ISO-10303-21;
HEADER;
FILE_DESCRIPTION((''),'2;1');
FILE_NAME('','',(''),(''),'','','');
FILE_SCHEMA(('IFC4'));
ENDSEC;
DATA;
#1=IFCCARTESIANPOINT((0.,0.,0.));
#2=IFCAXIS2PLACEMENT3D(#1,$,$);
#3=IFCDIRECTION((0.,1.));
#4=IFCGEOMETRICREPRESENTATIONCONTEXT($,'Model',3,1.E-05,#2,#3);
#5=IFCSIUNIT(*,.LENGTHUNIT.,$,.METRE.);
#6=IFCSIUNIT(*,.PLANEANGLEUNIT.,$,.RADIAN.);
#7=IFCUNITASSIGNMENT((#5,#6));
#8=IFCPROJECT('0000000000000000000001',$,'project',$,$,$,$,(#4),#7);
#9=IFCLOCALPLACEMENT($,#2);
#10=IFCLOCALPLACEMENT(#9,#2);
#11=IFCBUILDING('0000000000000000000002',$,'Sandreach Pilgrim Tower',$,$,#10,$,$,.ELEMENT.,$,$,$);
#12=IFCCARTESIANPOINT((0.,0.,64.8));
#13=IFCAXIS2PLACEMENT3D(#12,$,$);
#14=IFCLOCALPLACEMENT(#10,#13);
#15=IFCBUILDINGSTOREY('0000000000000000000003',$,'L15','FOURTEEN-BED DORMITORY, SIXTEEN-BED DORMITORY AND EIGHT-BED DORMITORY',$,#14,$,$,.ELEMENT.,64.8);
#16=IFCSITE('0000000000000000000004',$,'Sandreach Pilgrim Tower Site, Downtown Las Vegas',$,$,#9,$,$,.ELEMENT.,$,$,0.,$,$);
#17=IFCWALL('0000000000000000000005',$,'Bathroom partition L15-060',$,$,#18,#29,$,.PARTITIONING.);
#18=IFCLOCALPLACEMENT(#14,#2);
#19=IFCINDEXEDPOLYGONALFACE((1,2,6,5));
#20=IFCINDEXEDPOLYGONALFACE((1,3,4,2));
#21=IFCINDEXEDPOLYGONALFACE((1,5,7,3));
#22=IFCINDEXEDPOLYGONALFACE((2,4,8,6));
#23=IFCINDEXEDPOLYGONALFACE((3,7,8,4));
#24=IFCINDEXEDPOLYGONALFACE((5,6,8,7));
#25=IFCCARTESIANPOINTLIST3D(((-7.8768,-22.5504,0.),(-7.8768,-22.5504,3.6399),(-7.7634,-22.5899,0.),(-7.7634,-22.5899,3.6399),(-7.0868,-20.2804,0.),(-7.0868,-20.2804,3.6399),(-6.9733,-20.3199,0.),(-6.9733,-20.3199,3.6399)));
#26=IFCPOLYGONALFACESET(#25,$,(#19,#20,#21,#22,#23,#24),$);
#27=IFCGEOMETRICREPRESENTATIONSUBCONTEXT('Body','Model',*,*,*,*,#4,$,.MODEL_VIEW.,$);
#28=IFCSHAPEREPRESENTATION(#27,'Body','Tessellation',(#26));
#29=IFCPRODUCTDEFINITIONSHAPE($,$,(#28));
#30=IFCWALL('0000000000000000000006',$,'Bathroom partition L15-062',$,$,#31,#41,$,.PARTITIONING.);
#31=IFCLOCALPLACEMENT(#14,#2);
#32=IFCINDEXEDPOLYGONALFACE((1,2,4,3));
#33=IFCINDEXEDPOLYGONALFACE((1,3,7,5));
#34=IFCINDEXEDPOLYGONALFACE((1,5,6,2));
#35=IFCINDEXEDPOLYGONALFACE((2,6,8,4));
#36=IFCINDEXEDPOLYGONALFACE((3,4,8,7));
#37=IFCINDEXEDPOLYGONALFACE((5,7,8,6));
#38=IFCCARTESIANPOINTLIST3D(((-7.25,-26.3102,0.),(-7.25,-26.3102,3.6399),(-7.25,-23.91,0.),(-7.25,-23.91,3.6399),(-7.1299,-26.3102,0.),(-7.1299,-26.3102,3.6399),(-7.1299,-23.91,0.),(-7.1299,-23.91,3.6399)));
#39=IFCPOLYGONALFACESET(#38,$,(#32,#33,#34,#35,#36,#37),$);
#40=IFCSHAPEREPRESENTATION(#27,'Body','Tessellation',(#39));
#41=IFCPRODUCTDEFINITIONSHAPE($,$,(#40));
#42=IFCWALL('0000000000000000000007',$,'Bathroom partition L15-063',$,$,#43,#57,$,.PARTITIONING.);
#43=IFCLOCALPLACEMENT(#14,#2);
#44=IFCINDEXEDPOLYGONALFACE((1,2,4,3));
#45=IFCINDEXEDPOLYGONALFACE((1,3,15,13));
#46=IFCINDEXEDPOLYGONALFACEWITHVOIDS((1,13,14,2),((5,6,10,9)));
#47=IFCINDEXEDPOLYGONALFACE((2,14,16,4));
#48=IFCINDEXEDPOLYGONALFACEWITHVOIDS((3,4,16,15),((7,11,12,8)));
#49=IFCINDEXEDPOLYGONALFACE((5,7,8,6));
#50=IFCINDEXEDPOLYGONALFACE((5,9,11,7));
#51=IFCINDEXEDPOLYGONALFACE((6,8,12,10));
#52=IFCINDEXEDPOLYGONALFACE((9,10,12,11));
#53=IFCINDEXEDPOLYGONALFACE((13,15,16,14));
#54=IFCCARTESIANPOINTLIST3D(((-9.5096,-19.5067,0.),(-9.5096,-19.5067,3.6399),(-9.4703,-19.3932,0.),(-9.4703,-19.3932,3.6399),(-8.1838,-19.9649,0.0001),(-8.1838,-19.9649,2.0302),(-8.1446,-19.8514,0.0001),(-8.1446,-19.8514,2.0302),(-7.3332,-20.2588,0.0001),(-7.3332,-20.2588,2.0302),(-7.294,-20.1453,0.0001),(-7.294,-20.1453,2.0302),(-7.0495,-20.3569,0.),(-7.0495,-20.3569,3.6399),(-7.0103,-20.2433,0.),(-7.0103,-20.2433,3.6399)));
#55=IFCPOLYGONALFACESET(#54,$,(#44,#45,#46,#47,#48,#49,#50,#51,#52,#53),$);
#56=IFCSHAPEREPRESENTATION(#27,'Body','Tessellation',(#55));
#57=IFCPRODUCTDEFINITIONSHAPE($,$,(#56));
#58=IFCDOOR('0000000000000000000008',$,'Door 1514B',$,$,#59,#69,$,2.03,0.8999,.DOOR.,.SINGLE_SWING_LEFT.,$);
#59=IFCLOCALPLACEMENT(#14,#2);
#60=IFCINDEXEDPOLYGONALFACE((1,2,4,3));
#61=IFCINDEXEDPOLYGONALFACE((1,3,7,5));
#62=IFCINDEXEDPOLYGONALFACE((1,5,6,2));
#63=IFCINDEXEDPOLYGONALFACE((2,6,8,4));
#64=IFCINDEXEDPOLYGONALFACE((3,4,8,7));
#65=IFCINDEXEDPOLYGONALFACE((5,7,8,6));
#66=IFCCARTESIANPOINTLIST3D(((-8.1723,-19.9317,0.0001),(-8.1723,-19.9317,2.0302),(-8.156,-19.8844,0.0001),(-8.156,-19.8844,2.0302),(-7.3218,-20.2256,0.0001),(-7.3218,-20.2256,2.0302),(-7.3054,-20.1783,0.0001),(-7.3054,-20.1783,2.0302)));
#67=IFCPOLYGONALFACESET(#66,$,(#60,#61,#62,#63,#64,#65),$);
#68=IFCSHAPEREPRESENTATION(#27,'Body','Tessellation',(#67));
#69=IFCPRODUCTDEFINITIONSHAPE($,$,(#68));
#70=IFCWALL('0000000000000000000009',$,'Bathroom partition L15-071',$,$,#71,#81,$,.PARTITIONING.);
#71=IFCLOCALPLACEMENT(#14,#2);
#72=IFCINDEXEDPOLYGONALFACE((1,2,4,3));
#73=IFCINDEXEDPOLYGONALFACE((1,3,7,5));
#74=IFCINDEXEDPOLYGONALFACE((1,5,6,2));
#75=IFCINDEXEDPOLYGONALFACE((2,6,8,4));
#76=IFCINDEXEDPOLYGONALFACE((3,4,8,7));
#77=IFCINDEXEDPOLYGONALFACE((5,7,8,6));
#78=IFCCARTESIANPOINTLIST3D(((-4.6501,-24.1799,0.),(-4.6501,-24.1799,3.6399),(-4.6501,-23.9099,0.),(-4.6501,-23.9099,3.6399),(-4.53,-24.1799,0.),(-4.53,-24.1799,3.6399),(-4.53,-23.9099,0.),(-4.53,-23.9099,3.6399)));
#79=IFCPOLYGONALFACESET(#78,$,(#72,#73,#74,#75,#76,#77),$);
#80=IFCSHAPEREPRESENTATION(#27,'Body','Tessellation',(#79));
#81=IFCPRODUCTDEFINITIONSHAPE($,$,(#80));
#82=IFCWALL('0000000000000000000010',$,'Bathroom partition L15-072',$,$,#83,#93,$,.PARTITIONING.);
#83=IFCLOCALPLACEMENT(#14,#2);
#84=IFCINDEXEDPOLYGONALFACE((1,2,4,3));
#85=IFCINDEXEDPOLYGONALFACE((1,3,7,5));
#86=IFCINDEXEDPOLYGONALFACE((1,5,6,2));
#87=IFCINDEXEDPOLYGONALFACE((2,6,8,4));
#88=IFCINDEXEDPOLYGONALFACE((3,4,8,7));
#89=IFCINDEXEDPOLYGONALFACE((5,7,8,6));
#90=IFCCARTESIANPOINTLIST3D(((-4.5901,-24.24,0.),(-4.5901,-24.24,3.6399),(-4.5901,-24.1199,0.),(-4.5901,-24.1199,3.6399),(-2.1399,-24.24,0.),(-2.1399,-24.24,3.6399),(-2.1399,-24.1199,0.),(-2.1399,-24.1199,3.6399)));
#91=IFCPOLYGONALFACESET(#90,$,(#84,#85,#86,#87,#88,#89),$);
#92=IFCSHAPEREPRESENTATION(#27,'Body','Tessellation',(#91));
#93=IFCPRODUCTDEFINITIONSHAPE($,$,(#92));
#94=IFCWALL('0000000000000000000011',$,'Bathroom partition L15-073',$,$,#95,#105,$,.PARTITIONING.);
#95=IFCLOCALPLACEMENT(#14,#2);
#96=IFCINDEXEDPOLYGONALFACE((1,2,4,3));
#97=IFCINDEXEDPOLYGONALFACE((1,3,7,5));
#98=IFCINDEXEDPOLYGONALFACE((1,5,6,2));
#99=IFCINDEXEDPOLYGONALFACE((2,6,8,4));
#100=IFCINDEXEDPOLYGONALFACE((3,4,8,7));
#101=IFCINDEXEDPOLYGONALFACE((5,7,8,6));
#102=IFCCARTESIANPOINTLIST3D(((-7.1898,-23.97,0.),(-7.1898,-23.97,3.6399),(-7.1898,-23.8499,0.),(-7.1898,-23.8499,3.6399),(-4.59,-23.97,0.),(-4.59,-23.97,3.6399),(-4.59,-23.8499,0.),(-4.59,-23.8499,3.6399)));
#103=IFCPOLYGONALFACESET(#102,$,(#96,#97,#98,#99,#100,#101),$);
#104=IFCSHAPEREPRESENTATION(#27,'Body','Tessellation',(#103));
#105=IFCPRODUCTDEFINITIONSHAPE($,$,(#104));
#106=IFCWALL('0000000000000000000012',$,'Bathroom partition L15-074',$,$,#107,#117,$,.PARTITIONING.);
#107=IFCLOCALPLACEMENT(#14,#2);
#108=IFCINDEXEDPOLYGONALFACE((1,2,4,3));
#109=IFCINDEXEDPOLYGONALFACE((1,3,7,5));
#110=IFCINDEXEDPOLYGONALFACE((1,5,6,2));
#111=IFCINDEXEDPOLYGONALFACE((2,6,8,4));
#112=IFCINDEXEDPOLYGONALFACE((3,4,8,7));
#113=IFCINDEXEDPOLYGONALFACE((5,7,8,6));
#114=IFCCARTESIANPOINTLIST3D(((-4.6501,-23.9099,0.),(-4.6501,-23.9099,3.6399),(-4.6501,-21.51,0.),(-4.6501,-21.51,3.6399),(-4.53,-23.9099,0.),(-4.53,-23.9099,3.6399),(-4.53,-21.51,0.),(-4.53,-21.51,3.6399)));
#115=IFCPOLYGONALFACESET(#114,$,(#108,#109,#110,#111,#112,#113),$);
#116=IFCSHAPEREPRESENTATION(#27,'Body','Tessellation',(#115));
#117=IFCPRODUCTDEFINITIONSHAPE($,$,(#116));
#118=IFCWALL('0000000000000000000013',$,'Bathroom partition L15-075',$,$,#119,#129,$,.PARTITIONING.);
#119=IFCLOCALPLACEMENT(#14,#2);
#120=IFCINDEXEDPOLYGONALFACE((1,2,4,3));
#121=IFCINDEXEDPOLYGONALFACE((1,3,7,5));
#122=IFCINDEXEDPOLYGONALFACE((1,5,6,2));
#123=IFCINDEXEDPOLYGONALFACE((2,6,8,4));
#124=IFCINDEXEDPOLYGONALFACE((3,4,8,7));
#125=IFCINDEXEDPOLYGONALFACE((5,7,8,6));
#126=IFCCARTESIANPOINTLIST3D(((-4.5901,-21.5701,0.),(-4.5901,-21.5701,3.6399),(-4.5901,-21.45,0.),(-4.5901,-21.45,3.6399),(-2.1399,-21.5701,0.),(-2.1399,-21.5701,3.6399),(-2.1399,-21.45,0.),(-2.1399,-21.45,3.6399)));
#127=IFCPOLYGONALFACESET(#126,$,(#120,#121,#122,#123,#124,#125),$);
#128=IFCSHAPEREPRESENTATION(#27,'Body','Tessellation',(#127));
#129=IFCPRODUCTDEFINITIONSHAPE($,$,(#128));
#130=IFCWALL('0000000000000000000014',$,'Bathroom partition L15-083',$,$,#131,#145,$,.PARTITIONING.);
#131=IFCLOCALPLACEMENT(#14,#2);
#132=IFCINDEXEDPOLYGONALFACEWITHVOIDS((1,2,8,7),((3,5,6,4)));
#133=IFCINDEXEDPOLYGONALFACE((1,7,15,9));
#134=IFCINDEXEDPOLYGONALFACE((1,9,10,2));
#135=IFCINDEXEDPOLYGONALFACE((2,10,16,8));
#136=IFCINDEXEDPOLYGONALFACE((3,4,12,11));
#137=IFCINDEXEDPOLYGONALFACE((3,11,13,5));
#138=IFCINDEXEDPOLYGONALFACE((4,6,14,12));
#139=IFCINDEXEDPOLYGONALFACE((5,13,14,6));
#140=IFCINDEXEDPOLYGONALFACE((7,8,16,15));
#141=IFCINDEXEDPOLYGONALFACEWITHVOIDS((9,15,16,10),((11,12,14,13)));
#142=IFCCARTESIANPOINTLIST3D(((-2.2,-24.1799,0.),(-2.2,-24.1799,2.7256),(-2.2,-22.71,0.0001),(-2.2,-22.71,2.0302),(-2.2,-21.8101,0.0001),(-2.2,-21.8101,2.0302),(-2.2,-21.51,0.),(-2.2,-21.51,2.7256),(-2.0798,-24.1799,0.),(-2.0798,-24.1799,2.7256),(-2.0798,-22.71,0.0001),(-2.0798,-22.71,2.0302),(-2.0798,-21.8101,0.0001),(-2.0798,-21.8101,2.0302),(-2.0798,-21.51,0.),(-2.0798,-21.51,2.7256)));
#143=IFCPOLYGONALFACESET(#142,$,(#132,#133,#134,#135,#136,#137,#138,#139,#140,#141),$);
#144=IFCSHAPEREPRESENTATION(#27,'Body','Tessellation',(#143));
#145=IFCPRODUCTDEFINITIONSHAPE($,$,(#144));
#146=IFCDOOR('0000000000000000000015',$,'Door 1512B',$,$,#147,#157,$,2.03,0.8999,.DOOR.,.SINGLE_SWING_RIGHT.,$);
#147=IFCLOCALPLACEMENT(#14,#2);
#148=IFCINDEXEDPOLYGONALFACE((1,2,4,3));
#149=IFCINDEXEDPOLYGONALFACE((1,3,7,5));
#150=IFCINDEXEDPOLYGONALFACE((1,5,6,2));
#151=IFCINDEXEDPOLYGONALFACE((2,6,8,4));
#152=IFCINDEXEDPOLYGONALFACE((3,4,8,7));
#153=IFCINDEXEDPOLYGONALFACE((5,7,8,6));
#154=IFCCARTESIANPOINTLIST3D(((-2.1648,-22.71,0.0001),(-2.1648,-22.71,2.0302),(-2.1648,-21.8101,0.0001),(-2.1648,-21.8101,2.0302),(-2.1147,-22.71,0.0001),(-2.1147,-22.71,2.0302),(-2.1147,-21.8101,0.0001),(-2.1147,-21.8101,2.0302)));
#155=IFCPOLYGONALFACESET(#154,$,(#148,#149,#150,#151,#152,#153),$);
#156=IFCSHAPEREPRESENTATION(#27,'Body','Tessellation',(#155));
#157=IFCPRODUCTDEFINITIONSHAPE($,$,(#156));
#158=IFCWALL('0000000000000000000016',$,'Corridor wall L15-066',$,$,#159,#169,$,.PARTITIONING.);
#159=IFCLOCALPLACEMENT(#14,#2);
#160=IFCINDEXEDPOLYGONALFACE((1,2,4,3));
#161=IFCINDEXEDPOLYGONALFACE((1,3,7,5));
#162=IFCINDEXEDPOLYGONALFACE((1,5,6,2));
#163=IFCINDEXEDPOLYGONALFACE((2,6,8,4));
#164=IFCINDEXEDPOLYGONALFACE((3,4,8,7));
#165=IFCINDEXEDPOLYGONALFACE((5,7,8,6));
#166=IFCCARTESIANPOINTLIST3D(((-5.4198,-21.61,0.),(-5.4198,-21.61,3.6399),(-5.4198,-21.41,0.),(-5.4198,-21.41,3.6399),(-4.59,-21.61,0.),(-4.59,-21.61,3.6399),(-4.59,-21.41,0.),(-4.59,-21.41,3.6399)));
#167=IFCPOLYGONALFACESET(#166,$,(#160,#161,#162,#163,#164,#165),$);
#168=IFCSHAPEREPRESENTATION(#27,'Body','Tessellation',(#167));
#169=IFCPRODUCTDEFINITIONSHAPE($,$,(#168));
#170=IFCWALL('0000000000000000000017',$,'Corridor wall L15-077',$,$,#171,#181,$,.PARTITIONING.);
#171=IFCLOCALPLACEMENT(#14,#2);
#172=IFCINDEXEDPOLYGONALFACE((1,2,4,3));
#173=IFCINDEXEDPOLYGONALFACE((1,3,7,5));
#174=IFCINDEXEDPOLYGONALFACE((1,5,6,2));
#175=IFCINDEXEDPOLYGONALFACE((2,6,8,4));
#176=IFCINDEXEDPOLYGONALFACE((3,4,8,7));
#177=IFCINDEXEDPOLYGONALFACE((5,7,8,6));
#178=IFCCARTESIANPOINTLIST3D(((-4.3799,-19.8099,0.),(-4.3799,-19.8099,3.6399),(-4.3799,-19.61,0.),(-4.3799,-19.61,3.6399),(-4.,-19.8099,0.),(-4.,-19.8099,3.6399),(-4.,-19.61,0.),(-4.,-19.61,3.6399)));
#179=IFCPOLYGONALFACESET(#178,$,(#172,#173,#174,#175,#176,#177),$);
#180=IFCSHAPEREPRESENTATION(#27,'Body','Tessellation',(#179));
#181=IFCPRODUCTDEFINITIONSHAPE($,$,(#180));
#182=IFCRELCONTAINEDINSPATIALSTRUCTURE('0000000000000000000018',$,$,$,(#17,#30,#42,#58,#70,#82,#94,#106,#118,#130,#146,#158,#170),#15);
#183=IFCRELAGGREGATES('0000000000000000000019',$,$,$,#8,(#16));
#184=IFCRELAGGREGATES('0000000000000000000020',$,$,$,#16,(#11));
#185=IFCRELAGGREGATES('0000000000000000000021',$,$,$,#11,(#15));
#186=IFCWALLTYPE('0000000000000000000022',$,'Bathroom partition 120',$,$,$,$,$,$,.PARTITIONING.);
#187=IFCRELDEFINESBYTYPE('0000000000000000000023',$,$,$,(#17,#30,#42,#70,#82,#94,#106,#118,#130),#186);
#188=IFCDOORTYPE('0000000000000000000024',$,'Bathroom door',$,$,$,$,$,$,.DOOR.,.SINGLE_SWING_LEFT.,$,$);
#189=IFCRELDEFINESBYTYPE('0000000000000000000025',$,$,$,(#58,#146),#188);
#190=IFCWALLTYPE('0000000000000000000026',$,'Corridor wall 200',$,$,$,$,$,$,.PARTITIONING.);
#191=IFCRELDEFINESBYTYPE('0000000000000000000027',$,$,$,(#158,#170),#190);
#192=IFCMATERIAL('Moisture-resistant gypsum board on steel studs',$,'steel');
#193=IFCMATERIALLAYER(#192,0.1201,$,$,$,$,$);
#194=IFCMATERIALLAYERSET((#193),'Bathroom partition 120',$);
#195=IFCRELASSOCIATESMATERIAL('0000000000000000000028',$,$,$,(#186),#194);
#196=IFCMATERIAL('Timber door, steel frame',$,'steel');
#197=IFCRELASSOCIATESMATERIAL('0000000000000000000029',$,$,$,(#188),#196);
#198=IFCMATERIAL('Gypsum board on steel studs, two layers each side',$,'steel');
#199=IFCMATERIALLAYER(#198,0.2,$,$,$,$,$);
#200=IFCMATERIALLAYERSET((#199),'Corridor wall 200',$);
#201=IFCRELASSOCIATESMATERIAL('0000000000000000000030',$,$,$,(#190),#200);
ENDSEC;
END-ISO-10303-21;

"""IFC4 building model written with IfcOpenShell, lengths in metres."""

from ifc_helpers import new_model, si_unit, direction, frame, frame_2d, origin, place, context, subcontext, project, spatial, rectangle, extrude, material, layer, layer_set, type_object, element, fill, save


model = new_model("IFC4")

# Units and contexts
model_context = context("Model", 3, precision=1e-05, world=origin(), true_north=direction((0.0, 1.0)))
body_context = subcontext(model_context, "Body", "Model", "MODEL_VIEW")
ifc_project = project(units=[si_unit("LENGTHUNIT", "METRE"), si_unit("PLANEANGLEUNIT", "RADIAN")], contexts=[model_context])

# Site, building, storey
site_placement = place(None, origin())
site = spatial("IfcSite", under=ifc_project, at=site_placement, Name="Sandreach Pilgrim Tower Site, Downtown Las Vegas", CompositionType="ELEMENT", RefElevation=0.0)
building_placement = place(site_placement, origin())
building = spatial("IfcBuilding", under=site, at=building_placement, Name="Sandreach Pilgrim Tower", CompositionType="ELEMENT")
storey_placement = place(building_placement, frame((0.0, 0.0, 64.8)))
storey = spatial("IfcBuildingStorey", under=building, at=storey_placement, Name="L15", Description="FOURTEEN-BED DORMITORY, SIXTEEN-BED DORMITORY AND EIGHT-BED DORMITORY", CompositionType="ELEMENT", Elevation=64.8)

# Walls
ifc_material_1 = material(Name="Moisture-resistant gypsum board on steel studs", Category="steel")
ifc_layer_1 = layer(ifc_material_1, 0.1201)
ifc_layer_set_1 = layer_set([ifc_layer_1], Name="Bathroom partition 120")
wall_type_1 = type_object("IfcWallType", Name="Bathroom partition 120", PredefinedType="PARTITIONING", material=ifc_layer_set_1)
wall_1_placement = place(storey_placement, frame((-7.8201, -22.5701, 0.0), z_axis=(0.0, 0.0, 1.0), x_axis=(0.328694, 0.944436, 0.0)))
element("IfcWall", 1, at=wall_1_placement, inside=storey, type_object=wall_type_1, Name="Bathroom partition L15-060", PredefinedType="PARTITIONING", context=body_context, shape_type="SweptSolid", body=[
    extrude(rectangle(XDim=2.4036, YDim=0.1201, at=frame_2d((1.2017, 0.0))), origin(), (0.0, 0.0, 1.0), 3.6399),
])
wall_2_placement = place(storey_placement, frame((-7.1899, -23.9099, 0.0), z_axis=(0.0, 0.0, 1.0), x_axis=(0.0, -1.0, 0.0)))
element("IfcWall", 2, at=wall_2_placement, inside=storey, type_object=wall_type_1, Name="Bathroom partition L15-062", PredefinedType="PARTITIONING", context=body_context, shape_type="SweptSolid", body=[
    extrude(rectangle(XDim=2.4001, YDim=0.1201, at=frame_2d((1.2002, 0.0))), origin(), (0.0, 0.0, 1.0), 3.6399),
])

# Wall, opening, door
wall_3_placement = place(storey_placement, frame((-7.03, -20.3, 0.0), z_axis=(0.0, 0.0, 1.0), x_axis=(-0.945155, 0.326621, 0.0)))
wall_3 = element("IfcWall", 3, at=wall_3_placement, inside=storey, type_object=wall_type_1, Name="Bathroom partition L15-063", PredefinedType="PARTITIONING", context=body_context, shape_type="SweptSolid", body=[
    extrude(rectangle(XDim=2.6028, YDim=0.1201, at=frame_2d((1.3013, 0.0))), origin(), (0.0, 0.0, 1.0), 3.6399),
])
opening_1_placement = place(wall_3_placement, frame((0.3, 0.0, 0.0)))
opening_1 = element("IfcOpeningElement", 4, at=opening_1_placement, cuts=wall_3, PredefinedType="OPENING", context=body_context, shape_type="SweptSolid", body=[
    extrude(rectangle(XDim=0.8999, YDim=2.03, at=frame_2d((0.45, 1.0151))), frame((0.0, 0.0601, 0.0), z_axis=(0.0, -1.0, 0.0), x_axis=(1.0, 0.0, 0.0)), (0.0, 0.0, 1.0), 0.1201),
])
ifc_material_2 = material(Name="Timber door, steel frame", Category="steel")
door_type_1 = type_object("IfcDoorType", Name="Bathroom door", OperationType="SINGLE_SWING_LEFT", PredefinedType="DOOR", material=ifc_material_2)
door_1_placement = place(opening_1_placement, origin())
door_1 = element("IfcDoor", 5, at=door_1_placement, inside=storey, type_object=door_type_1, Name="Door 1514B", OperationType="SINGLE_SWING_LEFT", OverallHeight=2.03, OverallWidth=0.8999, PredefinedType="DOOR", context=body_context, shape_type="SweptSolid", body=[
    extrude(rectangle(XDim=0.8999, YDim=2.03, at=frame_2d((0.45, 1.0151))), frame((0.0, 0.0249, 0.0), z_axis=(0.0, -1.0, 0.0), x_axis=(1.0, 0.0, 0.0)), (0.0, 0.0, 1.0), 0.05),
])
fill(opening_1, door_1)

# Walls
wall_4_placement = place(storey_placement, frame((-4.5901, -24.1799, 0.0), z_axis=(0.0, 0.0, 1.0), x_axis=(0.0, 1.0, 0.0)))
element("IfcWall", 6, at=wall_4_placement, inside=storey, type_object=wall_type_1, Name="Bathroom partition L15-071", PredefinedType="PARTITIONING", context=body_context, shape_type="SweptSolid", body=[
    extrude(rectangle(XDim=0.27, YDim=0.1201, at=frame_2d((0.135, 0.0))), origin(), (0.0, 0.0, 1.0), 3.6399),
])
wall_5_placement = place(storey_placement, frame((-4.5901, -24.1799, 0.0), z_axis=(0.0, 0.0, 1.0), x_axis=(1.0, 0.0, 0.0)))
element("IfcWall", 7, at=wall_5_placement, inside=storey, type_object=wall_type_1, Name="Bathroom partition L15-072", PredefinedType="PARTITIONING", context=body_context, shape_type="SweptSolid", body=[
    extrude(rectangle(XDim=2.4502, YDim=0.1201, at=frame_2d((1.2251, 0.0))), origin(), (0.0, 0.0, 1.0), 3.6399),
])
wall_6_placement = place(storey_placement, frame((-4.5901, -23.9099, 0.0), z_axis=(0.0, 0.0, 1.0), x_axis=(-1.0, 0.0, 0.0)))
element("IfcWall", 8, at=wall_6_placement, inside=storey, type_object=wall_type_1, Name="Bathroom partition L15-073", PredefinedType="PARTITIONING", context=body_context, shape_type="SweptSolid", body=[
    extrude(rectangle(XDim=2.5999, YDim=0.1201, at=frame_2d((1.2998, 0.0))), origin(), (0.0, 0.0, 1.0), 3.6399),
])
wall_7_placement = place(storey_placement, frame((-4.5901, -23.9099, 0.0), z_axis=(0.0, 0.0, 1.0), x_axis=(0.0, 1.0, 0.0)))
element("IfcWall", 9, at=wall_7_placement, inside=storey, type_object=wall_type_1, Name="Bathroom partition L15-074", PredefinedType="PARTITIONING", context=body_context, shape_type="SweptSolid", body=[
    extrude(rectangle(XDim=2.3999, YDim=0.1201, at=frame_2d((1.2, 0.0))), origin(), (0.0, 0.0, 1.0), 3.6399),
])
wall_8_placement = place(storey_placement, frame((-4.5901, -21.51, 0.0), z_axis=(0.0, 0.0, 1.0), x_axis=(1.0, 0.0, 0.0)))
element("IfcWall", 10, at=wall_8_placement, inside=storey, type_object=wall_type_1, Name="Bathroom partition L15-075", PredefinedType="PARTITIONING", context=body_context, shape_type="SweptSolid", body=[
    extrude(rectangle(XDim=2.4502, YDim=0.1201, at=frame_2d((1.2251, 0.0))), origin(), (0.0, 0.0, 1.0), 3.6399),
])

# Wall, opening, door
wall_9_placement = place(storey_placement, frame((-2.1399, -24.1799, 0.0), z_axis=(0.0, 0.0, 1.0), x_axis=(0.0, 1.0, 0.0)))
wall_9 = element("IfcWall", 11, at=wall_9_placement, inside=storey, type_object=wall_type_1, Name="Bathroom partition L15-083", PredefinedType="PARTITIONING", context=body_context, shape_type="SweptSolid", body=[
    extrude(rectangle(XDim=2.6699, YDim=0.1201, at=frame_2d((1.335, 0.0))), origin(), (0.0, 0.0, 1.0), 2.7256),
])
opening_2_placement = place(wall_9_placement, frame((1.47, 0.0, 0.0)))
opening_2 = element("IfcOpeningElement", 12, at=opening_2_placement, cuts=wall_9, PredefinedType="OPENING", context=body_context, shape_type="SweptSolid", body=[
    extrude(rectangle(XDim=0.8999, YDim=2.03, at=frame_2d((0.45, 1.0151))), frame((0.0, 0.0601, 0.0), z_axis=(0.0, -1.0, 0.0), x_axis=(1.0, 0.0, 0.0)), (0.0, 0.0, 1.0), 0.1201),
])
door_2_placement = place(opening_2_placement, origin())
door_2 = element("IfcDoor", 13, at=door_2_placement, inside=storey, type_object=door_type_1, Name="Door 1512B", OperationType="SINGLE_SWING_RIGHT", OverallHeight=2.03, OverallWidth=0.8999, PredefinedType="DOOR", context=body_context, shape_type="SweptSolid", body=[
    extrude(rectangle(XDim=0.8999, YDim=2.03, at=frame_2d((0.45, 1.0151))), frame((0.0, 0.0249, 0.0), z_axis=(0.0, -1.0, 0.0), x_axis=(1.0, 0.0, 0.0)), (0.0, 0.0, 1.0), 0.05),
])
fill(opening_2, door_2)
ifc_material_3 = material(Name="Gypsum board on steel studs, two layers each side", Category="steel")
ifc_layer_2 = layer(ifc_material_3, 0.2)
ifc_layer_set_2 = layer_set([ifc_layer_2], Name="Corridor wall 200")
wall_type_2 = type_object("IfcWallType", Name="Corridor wall 200", PredefinedType="PARTITIONING", material=ifc_layer_set_2)

# Wall
wall_10_placement = place(storey_placement, frame((-5.4199, -21.51, 0.0), z_axis=(0.0, 0.0, 1.0), x_axis=(1.0, 0.0, 0.0)))
element("IfcWall", 14, at=wall_10_placement, inside=storey, type_object=wall_type_2, Name="Corridor wall L15-066", PredefinedType="PARTITIONING", context=body_context, shape_type="SweptSolid", body=[
    extrude(rectangle(XDim=0.8298, YDim=0.2, at=frame_2d((0.415, 0.0))), origin(), (0.0, 0.0, 1.0), 3.6399),
])

# Wall
wall_11_placement = place(storey_placement, frame((-4.0, -19.71, 0.0), z_axis=(0.0, 0.0, 1.0), x_axis=(-1.0, 0.0, 0.0)))
element("IfcWall", 15, at=wall_11_placement, inside=storey, type_object=wall_type_2, Name="Corridor wall L15-077", PredefinedType="PARTITIONING", context=body_context, shape_type="SweptSolid", body=[
    extrude(rectangle(XDim=0.3799, YDim=0.2, at=frame_2d((0.1899, 0.0))), origin(), (0.0, 0.0, 1.0), 3.6399),
])

save(model, "model.ifc")
